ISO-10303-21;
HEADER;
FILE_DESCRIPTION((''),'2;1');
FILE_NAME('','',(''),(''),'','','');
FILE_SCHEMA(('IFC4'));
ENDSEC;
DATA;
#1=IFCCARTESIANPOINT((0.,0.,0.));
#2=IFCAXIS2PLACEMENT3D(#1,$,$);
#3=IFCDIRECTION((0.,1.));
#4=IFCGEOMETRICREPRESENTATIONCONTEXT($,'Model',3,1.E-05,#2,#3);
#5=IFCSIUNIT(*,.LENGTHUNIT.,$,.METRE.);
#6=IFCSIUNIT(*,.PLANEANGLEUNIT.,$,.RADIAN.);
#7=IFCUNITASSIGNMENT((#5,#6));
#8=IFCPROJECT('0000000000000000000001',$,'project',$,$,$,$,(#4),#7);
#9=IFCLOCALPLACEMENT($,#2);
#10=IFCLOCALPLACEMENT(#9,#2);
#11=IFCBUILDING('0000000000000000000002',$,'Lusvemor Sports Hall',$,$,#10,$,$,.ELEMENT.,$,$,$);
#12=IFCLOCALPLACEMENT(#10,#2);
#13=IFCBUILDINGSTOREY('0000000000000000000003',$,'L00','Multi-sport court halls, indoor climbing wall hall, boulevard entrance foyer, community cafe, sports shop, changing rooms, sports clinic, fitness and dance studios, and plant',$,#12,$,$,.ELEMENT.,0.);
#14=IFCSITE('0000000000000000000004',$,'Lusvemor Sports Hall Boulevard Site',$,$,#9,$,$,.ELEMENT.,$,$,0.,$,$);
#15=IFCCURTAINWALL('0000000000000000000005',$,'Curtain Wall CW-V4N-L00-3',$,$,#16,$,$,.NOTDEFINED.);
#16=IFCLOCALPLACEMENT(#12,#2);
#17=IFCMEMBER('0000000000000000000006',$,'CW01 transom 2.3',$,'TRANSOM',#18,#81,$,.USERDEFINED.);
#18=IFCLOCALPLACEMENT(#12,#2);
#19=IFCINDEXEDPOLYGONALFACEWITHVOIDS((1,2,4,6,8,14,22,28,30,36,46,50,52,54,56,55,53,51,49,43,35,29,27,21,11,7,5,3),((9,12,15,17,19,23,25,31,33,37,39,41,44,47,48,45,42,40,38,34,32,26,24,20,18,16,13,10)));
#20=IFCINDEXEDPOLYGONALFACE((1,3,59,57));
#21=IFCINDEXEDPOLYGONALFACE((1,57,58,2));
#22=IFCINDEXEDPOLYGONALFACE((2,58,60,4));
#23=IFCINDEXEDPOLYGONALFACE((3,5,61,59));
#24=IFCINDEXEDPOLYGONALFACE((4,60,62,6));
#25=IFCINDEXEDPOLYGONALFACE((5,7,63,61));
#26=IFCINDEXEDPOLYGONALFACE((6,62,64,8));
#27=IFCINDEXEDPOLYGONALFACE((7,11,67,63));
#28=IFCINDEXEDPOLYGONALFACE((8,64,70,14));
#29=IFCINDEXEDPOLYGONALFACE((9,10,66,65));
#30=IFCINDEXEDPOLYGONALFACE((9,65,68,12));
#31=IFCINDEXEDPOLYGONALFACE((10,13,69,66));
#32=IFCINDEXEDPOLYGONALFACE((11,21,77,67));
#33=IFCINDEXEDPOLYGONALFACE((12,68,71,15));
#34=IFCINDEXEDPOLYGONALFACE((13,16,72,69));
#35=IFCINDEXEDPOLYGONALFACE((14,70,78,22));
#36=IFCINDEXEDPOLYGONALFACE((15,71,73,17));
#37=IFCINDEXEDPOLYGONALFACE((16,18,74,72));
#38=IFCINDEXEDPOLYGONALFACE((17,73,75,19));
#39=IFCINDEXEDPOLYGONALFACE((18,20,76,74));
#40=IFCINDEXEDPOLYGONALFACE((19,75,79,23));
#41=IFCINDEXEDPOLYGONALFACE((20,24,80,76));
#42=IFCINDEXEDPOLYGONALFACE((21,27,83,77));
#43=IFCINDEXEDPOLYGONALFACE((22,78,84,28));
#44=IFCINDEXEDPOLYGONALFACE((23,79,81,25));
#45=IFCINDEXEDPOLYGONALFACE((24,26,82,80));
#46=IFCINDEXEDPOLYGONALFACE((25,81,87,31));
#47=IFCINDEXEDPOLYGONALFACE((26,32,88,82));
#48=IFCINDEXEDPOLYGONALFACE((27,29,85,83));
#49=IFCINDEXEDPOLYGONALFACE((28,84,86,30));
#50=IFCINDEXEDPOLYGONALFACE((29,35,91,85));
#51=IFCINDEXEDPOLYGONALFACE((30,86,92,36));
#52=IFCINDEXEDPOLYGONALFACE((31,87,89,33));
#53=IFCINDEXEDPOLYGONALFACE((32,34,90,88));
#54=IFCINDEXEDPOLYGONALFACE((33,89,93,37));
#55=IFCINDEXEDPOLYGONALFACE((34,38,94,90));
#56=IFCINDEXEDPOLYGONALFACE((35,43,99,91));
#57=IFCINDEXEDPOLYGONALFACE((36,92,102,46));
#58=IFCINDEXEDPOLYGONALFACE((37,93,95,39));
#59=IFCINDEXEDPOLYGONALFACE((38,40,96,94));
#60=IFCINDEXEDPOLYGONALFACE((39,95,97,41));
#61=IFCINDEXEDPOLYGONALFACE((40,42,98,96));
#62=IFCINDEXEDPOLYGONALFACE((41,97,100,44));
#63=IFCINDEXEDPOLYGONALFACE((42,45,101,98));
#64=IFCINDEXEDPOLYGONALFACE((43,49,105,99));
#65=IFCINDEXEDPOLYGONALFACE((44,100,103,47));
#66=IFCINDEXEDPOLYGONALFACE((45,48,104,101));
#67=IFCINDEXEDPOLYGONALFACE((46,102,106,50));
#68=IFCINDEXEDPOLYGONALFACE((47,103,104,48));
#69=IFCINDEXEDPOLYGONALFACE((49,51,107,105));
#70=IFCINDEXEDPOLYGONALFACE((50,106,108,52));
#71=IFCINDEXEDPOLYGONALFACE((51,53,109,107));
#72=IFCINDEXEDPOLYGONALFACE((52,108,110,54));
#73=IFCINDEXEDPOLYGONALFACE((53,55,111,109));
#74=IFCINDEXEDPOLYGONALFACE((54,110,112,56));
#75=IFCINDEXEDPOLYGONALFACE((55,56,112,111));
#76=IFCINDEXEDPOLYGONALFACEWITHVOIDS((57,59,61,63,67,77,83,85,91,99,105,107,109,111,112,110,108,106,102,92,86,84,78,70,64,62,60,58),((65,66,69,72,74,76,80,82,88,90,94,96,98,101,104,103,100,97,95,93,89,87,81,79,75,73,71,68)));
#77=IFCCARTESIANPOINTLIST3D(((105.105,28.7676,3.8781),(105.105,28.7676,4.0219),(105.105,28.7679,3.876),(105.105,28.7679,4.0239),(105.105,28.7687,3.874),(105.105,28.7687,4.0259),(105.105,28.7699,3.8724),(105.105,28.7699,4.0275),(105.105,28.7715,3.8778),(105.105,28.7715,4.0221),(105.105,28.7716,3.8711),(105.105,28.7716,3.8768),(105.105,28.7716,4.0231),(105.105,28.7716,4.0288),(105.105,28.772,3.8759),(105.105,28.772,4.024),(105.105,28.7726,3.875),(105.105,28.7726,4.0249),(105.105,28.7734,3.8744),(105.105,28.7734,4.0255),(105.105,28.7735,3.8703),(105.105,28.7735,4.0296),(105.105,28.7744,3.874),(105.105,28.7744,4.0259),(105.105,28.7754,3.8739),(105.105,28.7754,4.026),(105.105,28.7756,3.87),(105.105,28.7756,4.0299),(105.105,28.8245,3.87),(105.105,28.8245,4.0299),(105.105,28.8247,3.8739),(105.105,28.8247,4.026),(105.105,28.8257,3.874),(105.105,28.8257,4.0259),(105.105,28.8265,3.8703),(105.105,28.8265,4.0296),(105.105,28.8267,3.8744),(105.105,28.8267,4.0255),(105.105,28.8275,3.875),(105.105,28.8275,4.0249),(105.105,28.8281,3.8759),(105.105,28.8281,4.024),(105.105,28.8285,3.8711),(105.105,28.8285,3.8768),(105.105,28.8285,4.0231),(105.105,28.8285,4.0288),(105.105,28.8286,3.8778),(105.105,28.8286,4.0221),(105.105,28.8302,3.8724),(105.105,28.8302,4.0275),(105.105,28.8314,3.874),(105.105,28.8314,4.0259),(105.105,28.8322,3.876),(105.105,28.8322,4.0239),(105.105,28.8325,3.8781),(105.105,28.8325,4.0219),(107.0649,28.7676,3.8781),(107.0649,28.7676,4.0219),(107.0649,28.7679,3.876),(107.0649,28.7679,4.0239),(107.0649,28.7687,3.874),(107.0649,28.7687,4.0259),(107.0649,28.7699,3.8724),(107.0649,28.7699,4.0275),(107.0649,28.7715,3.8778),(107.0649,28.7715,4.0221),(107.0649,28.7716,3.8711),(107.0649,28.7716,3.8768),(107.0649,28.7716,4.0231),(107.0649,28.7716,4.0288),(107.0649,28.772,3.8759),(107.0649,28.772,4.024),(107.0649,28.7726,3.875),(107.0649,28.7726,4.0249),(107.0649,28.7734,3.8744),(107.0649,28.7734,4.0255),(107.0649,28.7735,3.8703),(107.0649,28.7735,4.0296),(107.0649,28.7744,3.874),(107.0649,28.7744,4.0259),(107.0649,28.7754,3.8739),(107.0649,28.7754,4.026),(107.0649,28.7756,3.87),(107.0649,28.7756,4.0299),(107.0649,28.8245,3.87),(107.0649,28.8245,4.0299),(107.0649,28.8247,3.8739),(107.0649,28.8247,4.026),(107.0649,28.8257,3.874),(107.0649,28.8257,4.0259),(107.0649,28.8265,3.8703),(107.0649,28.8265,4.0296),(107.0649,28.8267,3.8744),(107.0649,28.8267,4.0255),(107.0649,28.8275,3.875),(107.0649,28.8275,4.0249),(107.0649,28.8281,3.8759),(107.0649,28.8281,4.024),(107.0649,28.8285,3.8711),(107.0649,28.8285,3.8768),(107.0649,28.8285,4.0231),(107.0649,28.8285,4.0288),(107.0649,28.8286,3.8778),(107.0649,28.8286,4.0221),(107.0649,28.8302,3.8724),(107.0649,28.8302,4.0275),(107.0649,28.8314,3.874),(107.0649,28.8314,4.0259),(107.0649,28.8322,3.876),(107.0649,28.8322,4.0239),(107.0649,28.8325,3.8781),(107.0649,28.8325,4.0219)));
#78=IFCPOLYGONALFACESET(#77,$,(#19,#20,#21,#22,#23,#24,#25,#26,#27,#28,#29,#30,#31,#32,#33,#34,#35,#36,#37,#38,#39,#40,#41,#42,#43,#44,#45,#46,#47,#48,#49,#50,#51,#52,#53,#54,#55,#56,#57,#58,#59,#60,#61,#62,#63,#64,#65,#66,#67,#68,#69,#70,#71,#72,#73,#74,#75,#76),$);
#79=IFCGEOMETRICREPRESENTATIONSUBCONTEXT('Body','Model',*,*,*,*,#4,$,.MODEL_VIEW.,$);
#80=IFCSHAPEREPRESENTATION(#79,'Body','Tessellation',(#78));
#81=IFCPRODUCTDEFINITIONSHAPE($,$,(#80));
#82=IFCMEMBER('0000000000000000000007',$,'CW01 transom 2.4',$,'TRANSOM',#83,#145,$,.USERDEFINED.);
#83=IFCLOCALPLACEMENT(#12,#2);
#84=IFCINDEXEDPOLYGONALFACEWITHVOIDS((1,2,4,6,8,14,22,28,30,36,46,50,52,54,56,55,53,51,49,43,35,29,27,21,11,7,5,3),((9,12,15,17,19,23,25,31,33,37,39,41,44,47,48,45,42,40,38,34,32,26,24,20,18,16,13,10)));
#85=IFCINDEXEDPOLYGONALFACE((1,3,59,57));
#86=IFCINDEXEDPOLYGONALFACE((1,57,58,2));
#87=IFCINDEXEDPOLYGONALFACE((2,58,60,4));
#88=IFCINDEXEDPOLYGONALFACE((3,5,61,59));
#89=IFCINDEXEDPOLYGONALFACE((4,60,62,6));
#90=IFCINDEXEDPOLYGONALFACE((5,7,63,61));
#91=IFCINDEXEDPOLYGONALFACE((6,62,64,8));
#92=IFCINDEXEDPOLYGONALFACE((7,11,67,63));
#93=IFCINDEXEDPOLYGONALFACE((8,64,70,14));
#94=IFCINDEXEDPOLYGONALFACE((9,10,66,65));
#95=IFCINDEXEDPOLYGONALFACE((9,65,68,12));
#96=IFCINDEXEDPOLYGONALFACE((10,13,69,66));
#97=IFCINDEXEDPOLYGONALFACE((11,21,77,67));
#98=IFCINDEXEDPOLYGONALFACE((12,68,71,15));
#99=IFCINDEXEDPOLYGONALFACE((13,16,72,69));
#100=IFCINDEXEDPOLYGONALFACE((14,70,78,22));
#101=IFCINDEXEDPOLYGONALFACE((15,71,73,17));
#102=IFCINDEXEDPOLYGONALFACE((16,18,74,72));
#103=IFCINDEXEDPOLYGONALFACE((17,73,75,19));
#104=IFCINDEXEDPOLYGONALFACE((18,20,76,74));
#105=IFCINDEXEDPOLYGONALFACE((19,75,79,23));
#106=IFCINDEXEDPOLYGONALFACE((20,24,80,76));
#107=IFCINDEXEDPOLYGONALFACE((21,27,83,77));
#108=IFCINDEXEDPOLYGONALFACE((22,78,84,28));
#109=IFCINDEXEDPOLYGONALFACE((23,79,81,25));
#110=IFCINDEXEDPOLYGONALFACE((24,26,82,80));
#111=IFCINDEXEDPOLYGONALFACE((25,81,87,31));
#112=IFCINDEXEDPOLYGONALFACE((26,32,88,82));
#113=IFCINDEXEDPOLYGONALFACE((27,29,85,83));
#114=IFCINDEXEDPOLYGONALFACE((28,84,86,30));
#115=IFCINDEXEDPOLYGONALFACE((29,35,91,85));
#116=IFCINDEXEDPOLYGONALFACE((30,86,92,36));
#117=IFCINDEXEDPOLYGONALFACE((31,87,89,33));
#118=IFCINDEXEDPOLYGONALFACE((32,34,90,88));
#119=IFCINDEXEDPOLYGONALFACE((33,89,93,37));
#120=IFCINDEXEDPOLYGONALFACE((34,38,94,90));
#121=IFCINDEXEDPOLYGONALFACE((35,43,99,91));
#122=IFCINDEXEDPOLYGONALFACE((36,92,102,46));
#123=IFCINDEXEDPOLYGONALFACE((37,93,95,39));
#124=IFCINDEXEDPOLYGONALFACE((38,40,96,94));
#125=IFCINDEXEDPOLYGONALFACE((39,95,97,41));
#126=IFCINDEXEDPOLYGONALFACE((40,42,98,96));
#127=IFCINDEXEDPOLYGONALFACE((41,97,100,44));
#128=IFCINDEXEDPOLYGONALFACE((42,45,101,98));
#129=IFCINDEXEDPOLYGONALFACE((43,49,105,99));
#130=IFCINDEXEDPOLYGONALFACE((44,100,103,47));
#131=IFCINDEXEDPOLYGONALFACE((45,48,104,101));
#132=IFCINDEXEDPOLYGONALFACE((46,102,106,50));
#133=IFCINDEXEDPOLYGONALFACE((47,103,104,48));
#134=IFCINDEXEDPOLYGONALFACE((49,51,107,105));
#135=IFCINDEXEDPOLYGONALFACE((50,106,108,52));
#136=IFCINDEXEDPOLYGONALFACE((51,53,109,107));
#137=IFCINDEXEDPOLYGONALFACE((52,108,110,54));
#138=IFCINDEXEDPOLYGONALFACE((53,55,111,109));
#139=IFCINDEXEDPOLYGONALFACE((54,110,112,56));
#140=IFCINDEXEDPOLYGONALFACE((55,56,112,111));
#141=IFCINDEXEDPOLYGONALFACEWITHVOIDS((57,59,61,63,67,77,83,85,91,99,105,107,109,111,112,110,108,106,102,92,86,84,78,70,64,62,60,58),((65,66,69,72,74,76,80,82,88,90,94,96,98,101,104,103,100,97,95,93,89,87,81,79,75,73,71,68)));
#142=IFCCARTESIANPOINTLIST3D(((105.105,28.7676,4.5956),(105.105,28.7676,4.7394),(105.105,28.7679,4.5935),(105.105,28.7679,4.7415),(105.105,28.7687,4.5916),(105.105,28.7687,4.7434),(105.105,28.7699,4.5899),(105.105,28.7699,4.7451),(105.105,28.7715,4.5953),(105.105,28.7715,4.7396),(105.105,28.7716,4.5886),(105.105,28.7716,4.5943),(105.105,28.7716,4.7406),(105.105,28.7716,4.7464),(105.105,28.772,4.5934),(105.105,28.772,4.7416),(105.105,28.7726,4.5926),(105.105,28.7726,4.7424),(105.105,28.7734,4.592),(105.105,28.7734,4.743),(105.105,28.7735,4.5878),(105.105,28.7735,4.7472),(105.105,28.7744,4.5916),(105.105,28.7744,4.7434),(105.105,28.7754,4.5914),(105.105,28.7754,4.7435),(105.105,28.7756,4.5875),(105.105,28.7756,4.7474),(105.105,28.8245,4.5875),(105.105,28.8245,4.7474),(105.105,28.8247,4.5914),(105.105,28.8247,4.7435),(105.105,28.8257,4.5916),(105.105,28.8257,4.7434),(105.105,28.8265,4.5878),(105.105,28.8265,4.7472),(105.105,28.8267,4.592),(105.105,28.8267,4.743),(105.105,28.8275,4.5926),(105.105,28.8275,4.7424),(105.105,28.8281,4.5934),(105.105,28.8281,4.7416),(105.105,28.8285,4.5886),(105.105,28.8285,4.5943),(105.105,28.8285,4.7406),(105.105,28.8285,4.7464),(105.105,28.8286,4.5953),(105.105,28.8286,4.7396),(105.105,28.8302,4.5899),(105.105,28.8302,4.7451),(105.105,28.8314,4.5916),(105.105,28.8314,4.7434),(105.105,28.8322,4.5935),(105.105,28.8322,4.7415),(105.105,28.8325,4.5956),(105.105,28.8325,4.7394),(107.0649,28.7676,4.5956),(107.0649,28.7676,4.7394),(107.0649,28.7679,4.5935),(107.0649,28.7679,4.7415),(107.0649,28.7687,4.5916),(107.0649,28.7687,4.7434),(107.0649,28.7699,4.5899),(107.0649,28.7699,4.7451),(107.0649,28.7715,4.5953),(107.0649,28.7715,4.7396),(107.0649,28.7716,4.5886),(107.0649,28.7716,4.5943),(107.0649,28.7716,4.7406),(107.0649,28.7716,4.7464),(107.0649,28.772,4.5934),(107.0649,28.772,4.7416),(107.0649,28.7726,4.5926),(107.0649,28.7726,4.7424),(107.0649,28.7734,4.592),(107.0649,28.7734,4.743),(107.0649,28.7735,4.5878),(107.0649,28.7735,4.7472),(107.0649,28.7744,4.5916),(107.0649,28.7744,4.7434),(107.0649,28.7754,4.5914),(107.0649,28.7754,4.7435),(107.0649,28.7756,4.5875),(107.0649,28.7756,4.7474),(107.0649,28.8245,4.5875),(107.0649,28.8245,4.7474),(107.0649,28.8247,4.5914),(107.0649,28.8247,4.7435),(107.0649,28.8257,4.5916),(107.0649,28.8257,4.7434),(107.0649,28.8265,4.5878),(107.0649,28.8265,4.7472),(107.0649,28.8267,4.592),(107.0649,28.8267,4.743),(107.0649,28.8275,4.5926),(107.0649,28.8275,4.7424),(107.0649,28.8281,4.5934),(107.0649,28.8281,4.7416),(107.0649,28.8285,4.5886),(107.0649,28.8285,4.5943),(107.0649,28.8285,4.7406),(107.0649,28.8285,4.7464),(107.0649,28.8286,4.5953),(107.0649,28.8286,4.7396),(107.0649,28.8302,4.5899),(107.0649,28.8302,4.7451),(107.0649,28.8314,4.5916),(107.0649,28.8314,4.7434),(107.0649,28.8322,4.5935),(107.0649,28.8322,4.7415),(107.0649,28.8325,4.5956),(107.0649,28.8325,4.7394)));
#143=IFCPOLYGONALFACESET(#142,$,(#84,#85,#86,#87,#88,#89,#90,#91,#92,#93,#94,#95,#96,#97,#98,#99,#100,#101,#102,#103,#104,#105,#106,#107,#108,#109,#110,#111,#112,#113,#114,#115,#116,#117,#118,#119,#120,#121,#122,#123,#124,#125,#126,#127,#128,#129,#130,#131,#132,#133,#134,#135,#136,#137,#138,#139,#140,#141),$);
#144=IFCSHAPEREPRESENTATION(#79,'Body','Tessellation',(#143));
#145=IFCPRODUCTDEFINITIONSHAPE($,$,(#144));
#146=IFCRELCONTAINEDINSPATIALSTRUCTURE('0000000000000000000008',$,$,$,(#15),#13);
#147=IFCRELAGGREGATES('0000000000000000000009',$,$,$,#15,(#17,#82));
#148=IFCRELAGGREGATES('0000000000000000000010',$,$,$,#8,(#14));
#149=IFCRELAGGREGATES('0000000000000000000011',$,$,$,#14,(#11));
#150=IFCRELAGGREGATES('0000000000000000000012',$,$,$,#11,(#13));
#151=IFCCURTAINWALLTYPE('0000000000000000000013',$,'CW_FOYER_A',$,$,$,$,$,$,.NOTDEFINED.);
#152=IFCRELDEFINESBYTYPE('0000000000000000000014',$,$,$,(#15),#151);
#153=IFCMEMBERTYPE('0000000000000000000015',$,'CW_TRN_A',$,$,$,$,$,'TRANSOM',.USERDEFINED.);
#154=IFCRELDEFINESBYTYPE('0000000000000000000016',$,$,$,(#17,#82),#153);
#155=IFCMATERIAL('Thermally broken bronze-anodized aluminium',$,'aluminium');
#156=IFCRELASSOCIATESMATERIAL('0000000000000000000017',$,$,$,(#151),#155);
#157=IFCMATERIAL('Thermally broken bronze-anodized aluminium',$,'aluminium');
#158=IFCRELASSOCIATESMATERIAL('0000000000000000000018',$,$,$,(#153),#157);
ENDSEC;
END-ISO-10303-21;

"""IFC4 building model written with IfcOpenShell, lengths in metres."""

from ifc_helpers import new_model, si_unit, direction, frame, origin, origin_2d, place, context, subcontext, project, spatial, hollow_rectangle, extrude, material, material_profile, profile_set, type_object, element, aggregate, save


model = new_model("IFC4")

# Units and contexts
model_context = context("Model", 3, precision=1e-05, world=origin(), true_north=direction((0.0, 1.0)))
body_context = subcontext(model_context, "Body", "Model", "MODEL_VIEW")
ifc_project = project(units=[si_unit("LENGTHUNIT", "METRE"), si_unit("PLANEANGLEUNIT", "RADIAN")], contexts=[model_context])

# Site, building, storey
site_placement = place(None, origin())
site = spatial("IfcSite", under=ifc_project, at=site_placement, Name="Lusvemor Sports Hall Boulevard Site", CompositionType="ELEMENT", RefElevation=0.0)
building_placement = place(site_placement, origin())
building = spatial("IfcBuilding", under=site, at=building_placement, Name="Lusvemor Sports Hall", CompositionType="ELEMENT")
storey_placement = place(building_placement, origin())
storey = spatial("IfcBuildingStorey", under=building, at=storey_placement, Name="L00", Description="Multi-sport court halls, indoor climbing wall hall, boulevard entrance foyer, community cafe, sports shop, changing rooms, sports clinic, fitness and dance studios, and plant", CompositionType="ELEMENT", Elevation=0.0)

# Curtain wall, members
ifc_material_1 = material(Name="Thermally broken bronze-anodized aluminium", Category="aluminium")
curtain_wall_type = type_object("IfcCurtainWallType", Name="CW_FOYER_A", PredefinedType="NOTDEFINED", material=ifc_material_1)
curtain_wall_placement = place(storey_placement, origin())
curtain_wall = element("IfcCurtainWall", 1, at=curtain_wall_placement, inside=storey, type_object=curtain_wall_type, Name="Curtain Wall CW-V4N-L00-3", PredefinedType="NOTDEFINED")
ifc_material_2 = material(Name="Thermally broken bronze-anodized aluminium", Category="aluminium")
ifc_material_profile_1 = material_profile(ifc_material_2, hollow_rectangle(XDim=0.0649, YDim=0.1599, WallThickness=0.0039, InnerFilletRadius=0.0039, OuterFilletRadius=0.0081, at=origin_2d()), Name="CWTRN160x65x4")
ifc_profile_set_1 = profile_set([ifc_material_profile_1], Name="Thermally broken bronze-anodized aluminium")
member_type_1 = type_object("IfcMemberType", Name="CW_TRN_A", ElementType="TRANSOM", PredefinedType="USERDEFINED", material=ifc_profile_set_1)
member_1_placement = place(storey_placement, frame((105.105, 28.8, 3.95), z_axis=(1.0, 0.0, 0.0), x_axis=(0.0, 1.0, 0.0)))
member_1 = element("IfcMember", 2, at=member_1_placement, type_object=member_type_1, Name="CW01 transom 2.3", ObjectType="TRANSOM", PredefinedType="USERDEFINED", context=body_context, shape_type="SweptSolid", body=[
    extrude(hollow_rectangle(XDim=0.0649, YDim=0.1599, WallThickness=0.0039, InnerFilletRadius=0.0039, OuterFilletRadius=0.0081, at=origin_2d()), origin(), (0.0, 0.0, 1.0), 1.96),
])
member_2_placement = place(storey_placement, frame((105.105, 28.8, 4.6675), z_axis=(1.0, 0.0, 0.0), x_axis=(0.0, 1.0, 0.0)))
member_2 = element("IfcMember", 3, at=member_2_placement, type_object=member_type_1, Name="CW01 transom 2.4", ObjectType="TRANSOM", PredefinedType="USERDEFINED", context=body_context, shape_type="SweptSolid", body=[
    extrude(hollow_rectangle(XDim=0.0649, YDim=0.1599, WallThickness=0.0039, InnerFilletRadius=0.0039, OuterFilletRadius=0.0081, at=origin_2d()), origin(), (0.0, 0.0, 1.0), 1.96),
])
aggregate(curtain_wall, [member_1, member_2])

save(model, "model.ifc")
